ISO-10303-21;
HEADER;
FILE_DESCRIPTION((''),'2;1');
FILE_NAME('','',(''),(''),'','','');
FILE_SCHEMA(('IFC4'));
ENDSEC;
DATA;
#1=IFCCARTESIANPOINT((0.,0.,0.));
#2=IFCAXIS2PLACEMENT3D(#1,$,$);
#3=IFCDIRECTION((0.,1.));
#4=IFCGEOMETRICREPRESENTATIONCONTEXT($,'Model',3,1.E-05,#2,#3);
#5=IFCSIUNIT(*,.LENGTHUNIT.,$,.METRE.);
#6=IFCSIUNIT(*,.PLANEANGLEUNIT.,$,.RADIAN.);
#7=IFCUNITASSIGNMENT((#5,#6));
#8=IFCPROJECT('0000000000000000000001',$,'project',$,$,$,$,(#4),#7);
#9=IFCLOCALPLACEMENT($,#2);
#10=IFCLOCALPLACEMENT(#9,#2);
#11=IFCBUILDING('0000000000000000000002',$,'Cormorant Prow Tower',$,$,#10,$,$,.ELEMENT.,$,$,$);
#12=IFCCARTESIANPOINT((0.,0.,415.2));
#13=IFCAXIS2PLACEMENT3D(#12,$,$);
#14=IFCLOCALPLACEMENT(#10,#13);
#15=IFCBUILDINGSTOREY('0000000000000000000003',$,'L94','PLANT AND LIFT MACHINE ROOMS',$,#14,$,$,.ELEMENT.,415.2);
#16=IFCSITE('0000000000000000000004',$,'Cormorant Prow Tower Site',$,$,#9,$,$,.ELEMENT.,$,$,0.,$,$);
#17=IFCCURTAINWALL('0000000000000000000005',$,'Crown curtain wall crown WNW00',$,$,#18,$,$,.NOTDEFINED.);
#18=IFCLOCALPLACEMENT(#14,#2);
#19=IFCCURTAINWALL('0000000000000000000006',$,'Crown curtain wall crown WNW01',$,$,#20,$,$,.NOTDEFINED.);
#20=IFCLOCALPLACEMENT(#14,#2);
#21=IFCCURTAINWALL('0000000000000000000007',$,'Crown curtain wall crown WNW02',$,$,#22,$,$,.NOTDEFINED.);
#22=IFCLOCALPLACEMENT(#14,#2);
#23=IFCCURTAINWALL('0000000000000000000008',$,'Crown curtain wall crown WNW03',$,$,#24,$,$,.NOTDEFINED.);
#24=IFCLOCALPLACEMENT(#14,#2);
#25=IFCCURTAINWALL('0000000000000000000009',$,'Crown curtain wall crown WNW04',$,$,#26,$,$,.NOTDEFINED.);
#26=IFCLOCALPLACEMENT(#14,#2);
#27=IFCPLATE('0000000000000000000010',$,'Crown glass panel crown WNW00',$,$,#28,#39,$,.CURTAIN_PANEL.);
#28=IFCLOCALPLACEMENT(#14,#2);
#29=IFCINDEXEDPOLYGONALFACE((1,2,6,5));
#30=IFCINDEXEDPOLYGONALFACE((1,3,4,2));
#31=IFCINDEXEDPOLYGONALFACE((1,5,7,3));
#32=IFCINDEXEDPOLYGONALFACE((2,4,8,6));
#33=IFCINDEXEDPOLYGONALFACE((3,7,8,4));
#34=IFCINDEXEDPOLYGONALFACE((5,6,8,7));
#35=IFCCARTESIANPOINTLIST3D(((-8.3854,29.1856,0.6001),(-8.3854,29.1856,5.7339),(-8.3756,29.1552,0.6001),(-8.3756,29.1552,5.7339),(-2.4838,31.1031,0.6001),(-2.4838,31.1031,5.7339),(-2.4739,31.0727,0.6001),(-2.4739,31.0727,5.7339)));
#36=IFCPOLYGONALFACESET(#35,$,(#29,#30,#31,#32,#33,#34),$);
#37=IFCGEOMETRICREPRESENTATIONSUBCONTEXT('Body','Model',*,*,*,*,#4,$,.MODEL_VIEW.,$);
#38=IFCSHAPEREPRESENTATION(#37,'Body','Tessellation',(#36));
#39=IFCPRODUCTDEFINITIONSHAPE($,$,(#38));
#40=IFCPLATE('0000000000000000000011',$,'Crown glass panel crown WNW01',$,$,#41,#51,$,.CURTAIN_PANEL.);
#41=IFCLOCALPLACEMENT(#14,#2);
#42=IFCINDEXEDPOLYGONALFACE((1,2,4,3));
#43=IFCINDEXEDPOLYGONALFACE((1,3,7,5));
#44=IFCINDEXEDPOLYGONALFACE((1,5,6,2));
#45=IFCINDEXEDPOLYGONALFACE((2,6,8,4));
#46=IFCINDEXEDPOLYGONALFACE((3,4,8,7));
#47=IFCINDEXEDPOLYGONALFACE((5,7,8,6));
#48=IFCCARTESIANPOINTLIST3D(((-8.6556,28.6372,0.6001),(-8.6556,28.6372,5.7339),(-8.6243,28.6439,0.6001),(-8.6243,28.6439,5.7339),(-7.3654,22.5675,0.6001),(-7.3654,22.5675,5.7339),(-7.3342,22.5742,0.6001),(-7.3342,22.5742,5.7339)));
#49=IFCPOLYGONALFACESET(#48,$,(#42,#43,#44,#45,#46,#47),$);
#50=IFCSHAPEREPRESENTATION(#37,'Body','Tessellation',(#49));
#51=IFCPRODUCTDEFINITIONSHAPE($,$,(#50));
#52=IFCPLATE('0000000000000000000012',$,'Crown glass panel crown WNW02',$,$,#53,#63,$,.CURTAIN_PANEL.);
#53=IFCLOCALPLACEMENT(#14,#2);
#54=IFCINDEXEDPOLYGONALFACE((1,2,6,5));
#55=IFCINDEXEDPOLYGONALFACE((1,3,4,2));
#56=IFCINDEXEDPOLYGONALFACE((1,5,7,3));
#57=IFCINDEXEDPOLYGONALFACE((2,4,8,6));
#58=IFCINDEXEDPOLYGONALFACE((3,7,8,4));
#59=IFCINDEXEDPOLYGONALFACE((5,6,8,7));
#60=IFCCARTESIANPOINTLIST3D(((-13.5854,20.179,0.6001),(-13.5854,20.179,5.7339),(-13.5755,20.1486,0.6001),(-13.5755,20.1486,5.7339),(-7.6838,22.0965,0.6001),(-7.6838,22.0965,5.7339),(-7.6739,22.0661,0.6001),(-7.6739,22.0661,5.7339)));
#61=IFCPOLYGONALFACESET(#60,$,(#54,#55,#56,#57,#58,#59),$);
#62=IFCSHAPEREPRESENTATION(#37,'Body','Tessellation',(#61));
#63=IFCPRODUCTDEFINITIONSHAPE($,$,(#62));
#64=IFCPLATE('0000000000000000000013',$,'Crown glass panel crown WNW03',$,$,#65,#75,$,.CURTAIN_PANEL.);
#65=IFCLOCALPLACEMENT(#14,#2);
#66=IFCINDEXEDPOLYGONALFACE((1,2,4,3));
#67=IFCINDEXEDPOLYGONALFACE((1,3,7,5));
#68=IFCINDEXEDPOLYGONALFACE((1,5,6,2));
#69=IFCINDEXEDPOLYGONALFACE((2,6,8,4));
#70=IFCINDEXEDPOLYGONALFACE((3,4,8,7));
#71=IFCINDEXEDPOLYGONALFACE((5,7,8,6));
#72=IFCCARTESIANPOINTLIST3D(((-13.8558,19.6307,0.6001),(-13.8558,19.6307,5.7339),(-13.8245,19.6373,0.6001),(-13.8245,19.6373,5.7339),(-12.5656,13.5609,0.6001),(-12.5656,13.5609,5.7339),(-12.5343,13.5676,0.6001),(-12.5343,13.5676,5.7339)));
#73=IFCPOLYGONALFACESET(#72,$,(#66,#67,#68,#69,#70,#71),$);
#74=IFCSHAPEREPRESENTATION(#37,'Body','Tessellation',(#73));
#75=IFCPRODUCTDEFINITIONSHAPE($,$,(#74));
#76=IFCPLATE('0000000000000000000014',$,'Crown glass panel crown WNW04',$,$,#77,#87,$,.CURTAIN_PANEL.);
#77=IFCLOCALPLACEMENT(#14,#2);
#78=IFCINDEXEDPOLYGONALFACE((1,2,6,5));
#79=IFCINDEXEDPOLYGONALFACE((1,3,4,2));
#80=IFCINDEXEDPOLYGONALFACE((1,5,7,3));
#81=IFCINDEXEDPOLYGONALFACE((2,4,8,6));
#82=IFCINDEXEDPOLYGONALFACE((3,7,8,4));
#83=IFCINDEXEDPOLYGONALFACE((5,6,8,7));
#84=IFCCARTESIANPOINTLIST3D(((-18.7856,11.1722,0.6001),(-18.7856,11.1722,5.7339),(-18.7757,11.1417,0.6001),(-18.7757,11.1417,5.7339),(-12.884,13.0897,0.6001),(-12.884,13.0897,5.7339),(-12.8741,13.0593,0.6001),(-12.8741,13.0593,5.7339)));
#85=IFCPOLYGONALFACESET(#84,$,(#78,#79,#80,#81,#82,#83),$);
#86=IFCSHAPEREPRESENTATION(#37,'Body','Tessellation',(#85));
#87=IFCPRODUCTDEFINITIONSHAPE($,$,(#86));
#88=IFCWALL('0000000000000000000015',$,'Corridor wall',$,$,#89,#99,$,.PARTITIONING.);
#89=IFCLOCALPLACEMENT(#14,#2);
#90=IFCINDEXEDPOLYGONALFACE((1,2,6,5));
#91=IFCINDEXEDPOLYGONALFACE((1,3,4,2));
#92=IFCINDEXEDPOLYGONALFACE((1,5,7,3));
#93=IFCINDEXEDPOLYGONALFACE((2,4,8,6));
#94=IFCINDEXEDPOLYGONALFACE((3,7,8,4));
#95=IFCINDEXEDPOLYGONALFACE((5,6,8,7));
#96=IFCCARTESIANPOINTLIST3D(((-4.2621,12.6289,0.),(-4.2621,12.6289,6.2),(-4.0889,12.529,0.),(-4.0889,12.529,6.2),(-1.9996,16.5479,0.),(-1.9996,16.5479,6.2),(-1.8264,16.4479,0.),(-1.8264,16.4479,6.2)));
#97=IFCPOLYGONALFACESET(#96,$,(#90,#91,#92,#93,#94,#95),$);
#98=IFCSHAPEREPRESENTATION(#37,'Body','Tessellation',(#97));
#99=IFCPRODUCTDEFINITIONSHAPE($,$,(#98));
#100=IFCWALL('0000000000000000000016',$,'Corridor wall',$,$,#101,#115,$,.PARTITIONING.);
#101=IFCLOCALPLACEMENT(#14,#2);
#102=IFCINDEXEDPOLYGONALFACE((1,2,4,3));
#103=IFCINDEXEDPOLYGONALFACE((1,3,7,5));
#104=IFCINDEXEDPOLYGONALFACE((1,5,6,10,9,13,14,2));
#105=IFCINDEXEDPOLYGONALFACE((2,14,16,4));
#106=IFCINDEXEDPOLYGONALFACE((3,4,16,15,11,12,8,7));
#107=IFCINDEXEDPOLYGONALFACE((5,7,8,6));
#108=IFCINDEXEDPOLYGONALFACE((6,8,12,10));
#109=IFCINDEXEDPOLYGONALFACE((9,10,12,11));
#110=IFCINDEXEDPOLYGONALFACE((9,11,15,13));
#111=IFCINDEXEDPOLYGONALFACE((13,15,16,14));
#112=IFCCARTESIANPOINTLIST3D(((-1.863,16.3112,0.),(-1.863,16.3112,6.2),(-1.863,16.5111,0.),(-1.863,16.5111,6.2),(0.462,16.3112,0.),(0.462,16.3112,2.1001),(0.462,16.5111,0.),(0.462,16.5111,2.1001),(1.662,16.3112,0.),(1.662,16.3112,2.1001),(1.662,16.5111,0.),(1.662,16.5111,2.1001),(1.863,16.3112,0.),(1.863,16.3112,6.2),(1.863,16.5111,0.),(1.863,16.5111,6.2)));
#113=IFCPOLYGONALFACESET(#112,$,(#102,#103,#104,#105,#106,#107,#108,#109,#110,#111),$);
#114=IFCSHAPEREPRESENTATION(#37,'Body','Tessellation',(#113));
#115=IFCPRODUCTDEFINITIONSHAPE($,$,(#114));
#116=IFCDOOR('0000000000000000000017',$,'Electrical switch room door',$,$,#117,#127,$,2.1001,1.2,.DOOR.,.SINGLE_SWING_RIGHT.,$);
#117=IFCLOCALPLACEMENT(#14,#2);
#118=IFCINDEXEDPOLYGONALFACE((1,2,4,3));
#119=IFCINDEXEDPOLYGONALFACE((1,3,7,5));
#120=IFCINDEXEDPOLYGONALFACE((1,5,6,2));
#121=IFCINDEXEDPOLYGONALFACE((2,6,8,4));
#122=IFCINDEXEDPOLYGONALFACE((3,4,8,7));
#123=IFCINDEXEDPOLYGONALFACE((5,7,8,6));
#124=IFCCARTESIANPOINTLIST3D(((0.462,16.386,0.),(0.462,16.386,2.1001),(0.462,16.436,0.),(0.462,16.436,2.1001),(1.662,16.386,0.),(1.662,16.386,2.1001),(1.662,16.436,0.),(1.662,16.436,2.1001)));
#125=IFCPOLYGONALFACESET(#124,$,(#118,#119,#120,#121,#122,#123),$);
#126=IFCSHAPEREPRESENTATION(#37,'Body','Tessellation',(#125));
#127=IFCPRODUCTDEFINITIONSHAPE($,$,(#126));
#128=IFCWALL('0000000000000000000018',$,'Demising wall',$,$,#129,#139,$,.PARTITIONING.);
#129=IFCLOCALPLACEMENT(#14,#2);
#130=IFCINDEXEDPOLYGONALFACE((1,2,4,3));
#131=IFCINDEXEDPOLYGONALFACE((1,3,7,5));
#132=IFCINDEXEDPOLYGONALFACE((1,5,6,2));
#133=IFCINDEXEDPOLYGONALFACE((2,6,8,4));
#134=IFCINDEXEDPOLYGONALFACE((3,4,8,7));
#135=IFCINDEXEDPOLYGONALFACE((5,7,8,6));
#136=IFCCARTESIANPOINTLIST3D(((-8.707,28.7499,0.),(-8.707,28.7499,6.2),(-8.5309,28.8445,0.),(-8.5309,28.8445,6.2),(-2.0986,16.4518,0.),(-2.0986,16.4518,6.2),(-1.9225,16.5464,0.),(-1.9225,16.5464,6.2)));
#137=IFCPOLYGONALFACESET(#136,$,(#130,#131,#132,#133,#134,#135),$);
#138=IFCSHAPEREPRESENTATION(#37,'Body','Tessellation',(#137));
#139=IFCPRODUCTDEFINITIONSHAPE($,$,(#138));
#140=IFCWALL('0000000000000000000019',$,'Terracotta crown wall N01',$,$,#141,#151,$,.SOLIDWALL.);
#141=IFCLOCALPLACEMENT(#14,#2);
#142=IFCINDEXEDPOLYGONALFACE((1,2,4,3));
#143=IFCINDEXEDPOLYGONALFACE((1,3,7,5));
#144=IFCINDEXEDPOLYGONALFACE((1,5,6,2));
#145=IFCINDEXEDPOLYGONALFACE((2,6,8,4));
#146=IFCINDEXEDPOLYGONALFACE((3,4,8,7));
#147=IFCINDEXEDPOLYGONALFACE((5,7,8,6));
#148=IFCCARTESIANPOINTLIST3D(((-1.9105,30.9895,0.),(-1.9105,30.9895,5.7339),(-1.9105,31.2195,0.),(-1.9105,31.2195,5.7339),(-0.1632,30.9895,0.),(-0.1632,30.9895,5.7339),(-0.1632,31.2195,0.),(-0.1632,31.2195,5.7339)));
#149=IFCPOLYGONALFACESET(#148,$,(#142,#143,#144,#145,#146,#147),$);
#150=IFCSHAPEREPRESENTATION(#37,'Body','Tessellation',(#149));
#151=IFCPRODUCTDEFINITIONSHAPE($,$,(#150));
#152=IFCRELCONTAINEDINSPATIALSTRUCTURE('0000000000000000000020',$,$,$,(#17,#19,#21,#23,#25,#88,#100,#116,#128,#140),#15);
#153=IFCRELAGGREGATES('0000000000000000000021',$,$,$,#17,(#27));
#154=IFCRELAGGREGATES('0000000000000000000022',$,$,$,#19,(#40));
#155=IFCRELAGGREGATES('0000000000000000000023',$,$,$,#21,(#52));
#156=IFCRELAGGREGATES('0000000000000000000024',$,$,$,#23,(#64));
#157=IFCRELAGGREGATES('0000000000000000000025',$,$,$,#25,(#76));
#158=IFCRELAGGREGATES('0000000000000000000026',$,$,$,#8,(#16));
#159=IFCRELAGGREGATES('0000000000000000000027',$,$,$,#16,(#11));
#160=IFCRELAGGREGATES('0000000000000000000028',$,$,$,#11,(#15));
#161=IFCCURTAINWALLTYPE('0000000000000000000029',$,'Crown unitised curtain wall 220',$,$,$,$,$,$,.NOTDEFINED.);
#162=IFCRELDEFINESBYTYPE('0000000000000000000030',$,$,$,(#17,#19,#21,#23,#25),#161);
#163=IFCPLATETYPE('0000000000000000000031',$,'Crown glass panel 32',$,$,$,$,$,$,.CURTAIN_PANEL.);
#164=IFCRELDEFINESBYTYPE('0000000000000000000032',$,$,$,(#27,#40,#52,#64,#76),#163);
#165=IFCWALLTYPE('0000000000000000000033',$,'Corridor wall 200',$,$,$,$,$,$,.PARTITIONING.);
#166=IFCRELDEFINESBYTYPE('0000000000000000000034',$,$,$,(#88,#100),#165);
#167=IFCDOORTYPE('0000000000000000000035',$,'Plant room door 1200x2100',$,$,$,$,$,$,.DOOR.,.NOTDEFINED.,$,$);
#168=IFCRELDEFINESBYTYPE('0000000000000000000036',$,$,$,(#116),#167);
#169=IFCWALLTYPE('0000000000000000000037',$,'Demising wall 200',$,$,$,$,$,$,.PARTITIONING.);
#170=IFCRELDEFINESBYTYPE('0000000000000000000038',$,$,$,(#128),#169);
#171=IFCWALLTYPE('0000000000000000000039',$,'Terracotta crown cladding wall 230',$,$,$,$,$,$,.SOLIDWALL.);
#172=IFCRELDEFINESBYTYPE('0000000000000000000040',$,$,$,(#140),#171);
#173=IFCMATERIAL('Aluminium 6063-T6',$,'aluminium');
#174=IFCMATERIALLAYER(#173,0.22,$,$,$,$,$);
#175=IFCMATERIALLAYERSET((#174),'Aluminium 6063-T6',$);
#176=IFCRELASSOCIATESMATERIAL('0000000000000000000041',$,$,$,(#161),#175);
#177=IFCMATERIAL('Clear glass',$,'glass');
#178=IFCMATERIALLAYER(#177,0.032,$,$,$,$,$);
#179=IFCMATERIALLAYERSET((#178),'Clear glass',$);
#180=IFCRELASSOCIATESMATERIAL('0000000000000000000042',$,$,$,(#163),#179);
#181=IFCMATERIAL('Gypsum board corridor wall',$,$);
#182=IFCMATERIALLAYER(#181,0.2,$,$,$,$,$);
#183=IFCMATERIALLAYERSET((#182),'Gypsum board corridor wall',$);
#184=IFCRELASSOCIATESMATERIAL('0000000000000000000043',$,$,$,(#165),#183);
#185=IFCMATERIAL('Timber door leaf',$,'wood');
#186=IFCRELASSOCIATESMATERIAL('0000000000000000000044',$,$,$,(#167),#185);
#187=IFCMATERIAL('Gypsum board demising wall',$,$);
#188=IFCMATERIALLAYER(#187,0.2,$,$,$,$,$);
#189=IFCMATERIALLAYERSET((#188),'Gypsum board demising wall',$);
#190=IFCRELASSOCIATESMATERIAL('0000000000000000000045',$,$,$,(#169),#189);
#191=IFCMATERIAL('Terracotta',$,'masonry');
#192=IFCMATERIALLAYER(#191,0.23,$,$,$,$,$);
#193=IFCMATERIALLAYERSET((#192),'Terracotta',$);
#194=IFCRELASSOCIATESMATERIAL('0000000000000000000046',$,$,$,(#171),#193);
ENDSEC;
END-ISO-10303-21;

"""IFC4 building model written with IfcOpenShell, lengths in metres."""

from ifc_helpers import new_model, si_unit, direction, frame, frame_2d, origin, origin_2d, place, context, subcontext, project, spatial, rectangle, extrude, material, layer, layer_set, type_object, element, fill, aggregate, save


model = new_model("IFC4")

# Units and contexts
model_context = context("Model", 3, precision=1e-05, world=origin(), true_north=direction((0.0, 1.0)))
body_context = subcontext(model_context, "Body", "Model", "MODEL_VIEW")
ifc_project = project(units=[si_unit("LENGTHUNIT", "METRE"), si_unit("PLANEANGLEUNIT", "RADIAN")], contexts=[model_context])

# Site, building, storey
site_placement = place(None, origin())
site = spatial("IfcSite", under=ifc_project, at=site_placement, Name="Cormorant Prow Tower Site", CompositionType="ELEMENT", RefElevation=0.0)
building_placement = place(site_placement, origin())
building = spatial("IfcBuilding", under=site, at=building_placement, Name="Cormorant Prow Tower", CompositionType="ELEMENT")
storey_placement = place(building_placement, frame((0.0, 0.0, 415.2)))
storey = spatial("IfcBuildingStorey", under=building, at=storey_placement, Name="L94", Description="PLANT AND LIFT MACHINE ROOMS", CompositionType="ELEMENT", Elevation=415.2)

# Curtain walls
ifc_material_1 = material(Name="Aluminium 6063-T6", Category="aluminium")
ifc_layer_1 = layer(ifc_material_1, 0.22)
ifc_layer_set_1 = layer_set([ifc_layer_1], Name="Aluminium 6063-T6")
curtain_wall_type = type_object("IfcCurtainWallType", Name="Crown unitised curtain wall 220", PredefinedType="NOTDEFINED", material=ifc_layer_set_1)
curtain_wall_1_placement = place(storey_placement, origin())
curtain_wall_1 = element("IfcCurtainWall", 1, at=curtain_wall_1_placement, inside=storey, type_object=curtain_wall_type, Name="Crown curtain wall crown WNW00", PredefinedType="NOTDEFINED")
curtain_wall_2_placement = place(storey_placement, origin())
curtain_wall_2 = element("IfcCurtainWall", 2, at=curtain_wall_2_placement, inside=storey, type_object=curtain_wall_type, Name="Crown curtain wall crown WNW01", PredefinedType="NOTDEFINED")
curtain_wall_3_placement = place(storey_placement, origin())
curtain_wall_3 = element("IfcCurtainWall", 3, at=curtain_wall_3_placement, inside=storey, type_object=curtain_wall_type, Name="Crown curtain wall crown WNW02", PredefinedType="NOTDEFINED")
curtain_wall_4_placement = place(storey_placement, origin())
curtain_wall_4 = element("IfcCurtainWall", 4, at=curtain_wall_4_placement, inside=storey, type_object=curtain_wall_type, Name="Crown curtain wall crown WNW03", PredefinedType="NOTDEFINED")
curtain_wall_5_placement = place(storey_placement, origin())
curtain_wall_5 = element("IfcCurtainWall", 5, at=curtain_wall_5_placement, inside=storey, type_object=curtain_wall_type, Name="Crown curtain wall crown WNW04", PredefinedType="NOTDEFINED")

# Plates
ifc_material_2 = material(Name="Clear glass", Category="glass")
ifc_layer_2 = layer(ifc_material_2, 0.032)
ifc_layer_set_2 = layer_set([ifc_layer_2], Name="Clear glass")
plate_type = type_object("IfcPlateType", Name="Crown glass panel 32", PredefinedType="CURTAIN_PANEL", material=ifc_layer_set_2)
plate_1_placement = place(storey_placement, frame((-5.4297, 30.1292, 0.6001), z_axis=(0.0, 0.0, 1.0), x_axis=(-0.951056, -0.309017, 0.0)))
plate_1 = element("IfcPlate", 6, at=plate_1_placement, type_object=plate_type, Name="Crown glass panel crown WNW00", PredefinedType="CURTAIN_PANEL", context=body_context, shape_type="SweptSolid", body=[
    extrude(rectangle(XDim=6.2053, YDim=0.032, at=origin_2d()), origin(), (0.0, 0.0, 1.0), 5.1338),
])
aggregate(curtain_wall_1, [plate_1])
plate_2_placement = place(storey_placement, frame((-7.9949, 25.6057, 0.6001), z_axis=(0.0, 0.0, 1.0), x_axis=(0.207912, -0.978148, 0.0)))
plate_2 = element("IfcPlate", 7, at=plate_2_placement, type_object=plate_type, Name="Crown glass panel crown WNW01", PredefinedType="CURTAIN_PANEL", context=body_context, shape_type="SweptSolid", body=[
    extrude(rectangle(XDim=6.2053, YDim=0.032, at=origin_2d()), origin(), (0.0, 0.0, 1.0), 5.1338),
])
aggregate(curtain_wall_2, [plate_2])
plate_3_placement = place(storey_placement, frame((-10.6296, 21.1226, 0.6001), z_axis=(0.0, 0.0, 1.0), x_axis=(-0.951057, -0.309017, 0.0)))
plate_3 = element("IfcPlate", 8, at=plate_3_placement, type_object=plate_type, Name="Crown glass panel crown WNW02", PredefinedType="CURTAIN_PANEL", context=body_context, shape_type="SweptSolid", body=[
    extrude(rectangle(XDim=6.2053, YDim=0.032, at=origin_2d()), origin(), (0.0, 0.0, 1.0), 5.1338),
])
aggregate(curtain_wall_3, [plate_3])
plate_4_placement = place(storey_placement, frame((-13.1951, 16.5991, 0.6001), z_axis=(0.0, 0.0, 1.0), x_axis=(0.207912, -0.978148, 0.0)))
plate_4 = element("IfcPlate", 9, at=plate_4_placement, type_object=plate_type, Name="Crown glass panel crown WNW03", PredefinedType="CURTAIN_PANEL", context=body_context, shape_type="SweptSolid", body=[
    extrude(rectangle(XDim=6.2053, YDim=0.032, at=origin_2d()), origin(), (0.0, 0.0, 1.0), 5.1338),
])
aggregate(curtain_wall_4, [plate_4])
plate_5_placement = place(storey_placement, frame((-15.8298, 12.1157, 0.6001), z_axis=(0.0, 0.0, 1.0), x_axis=(-0.951056, -0.309017, 0.0)))
plate_5 = element("IfcPlate", 10, at=plate_5_placement, type_object=plate_type, Name="Crown glass panel crown WNW04", PredefinedType="CURTAIN_PANEL", context=body_context, shape_type="SweptSolid", body=[
    extrude(rectangle(XDim=6.2053, YDim=0.032, at=origin_2d()), origin(), (0.0, 0.0, 1.0), 5.1338),
])
aggregate(curtain_wall_5, [plate_5])

# Wall
ifc_material_3 = material(Name="Gypsum board corridor wall")
ifc_layer_3 = layer(ifc_material_3, 0.2)
ifc_layer_set_3 = layer_set([ifc_layer_3], Name="Gypsum board corridor wall")
wall_type_1 = type_object("IfcWallType", Name="Corridor wall 200", PredefinedType="PARTITIONING", material=ifc_layer_set_3)
wall_1_placement = place(storey_placement, frame((-4.1755, 12.5789, 0.0), z_axis=(0.0, 0.0, 1.0), x_axis=(0.499975, 0.86604, 0.0)))
element("IfcWall", 11, at=wall_1_placement, inside=storey, type_object=wall_type_1, Name="Corridor wall", PredefinedType="PARTITIONING", context=body_context, shape_type="SweptSolid", body=[
    extrude(rectangle(XDim=4.5251, YDim=0.2, at=frame_2d((2.2627, 0.0))), origin(), (0.0, 0.0, 1.0), 6.2),
])

# Wall, opening, door
wall_2_placement = place(storey_placement, frame((-1.863, 16.4111, 0.0), z_axis=(0.0, 0.0, 1.0), x_axis=(1.0, 0.0, 0.0)))
wall_2 = element("IfcWall", 12, at=wall_2_placement, inside=storey, type_object=wall_type_1, Name="Corridor wall", PredefinedType="PARTITIONING", context=body_context, shape_type="SweptSolid", body=[
    extrude(rectangle(XDim=3.7261, YDim=0.2, at=frame_2d((1.863, 0.0))), origin(), (0.0, 0.0, 1.0), 6.2),
])
opening_placement = place(wall_2_placement, frame((2.325, 0.0, 0.0)))
opening = element("IfcOpeningElement", 13, at=opening_placement, cuts=wall_2, PredefinedType="OPENING", context=body_context, shape_type="SweptSolid", body=[
    extrude(rectangle(XDim=1.2, YDim=2.1001, at=frame_2d((0.6001, 1.05))), frame((0.0, 0.1099, 0.0), z_axis=(0.0, -1.0, 0.0), x_axis=(1.0, 0.0, 0.0)), (0.0, 0.0, 1.0), 0.22),
])
ifc_material_4 = material(Name="Timber door leaf", Category="wood")
door_type = type_object("IfcDoorType", Name="Plant room door 1200x2100", OperationType="NOTDEFINED", PredefinedType="DOOR", material=ifc_material_4)
door_placement = place(opening_placement, origin())
door = element("IfcDoor", 14, at=door_placement, inside=storey, type_object=door_type, Name="Electrical switch room door", OperationType="SINGLE_SWING_RIGHT", OverallHeight=2.1001, OverallWidth=1.2, PredefinedType="DOOR", context=body_context, shape_type="SweptSolid", body=[
    extrude(rectangle(XDim=1.2, YDim=2.1001, at=frame_2d((0.6001, 1.05))), frame((0.0, 0.0249, 0.0), z_axis=(0.0, -1.0, 0.0), x_axis=(1.0, 0.0, 0.0)), (0.0, 0.0, 1.0), 0.05),
])
fill(opening, door)

# Walls
ifc_material_5 = material(Name="Gypsum board demising wall")
ifc_layer_4 = layer(ifc_material_5, 0.2)
ifc_layer_set_4 = layer_set([ifc_layer_4], Name="Gypsum board demising wall")
wall_type_2 = type_object("IfcWallType", Name="Demising wall 200", PredefinedType="PARTITIONING", material=ifc_layer_set_4)
wall_3_placement = place(storey_placement, frame((-8.6189, 28.7971, 0.0), z_axis=(0.0, 0.0, 1.0), x_axis=(0.473342, -0.880879, 0.0)))
element("IfcWall", 15, at=wall_3_placement, inside=storey, type_object=wall_type_2, Name="Demising wall", PredefinedType="PARTITIONING", context=body_context, shape_type="SweptSolid", body=[
    extrude(rectangle(XDim=13.9612, YDim=0.2, at=frame_2d((6.9805, 0.0))), origin(), (0.0, 0.0, 1.0), 6.2),
])
ifc_material_6 = material(Name="Terracotta", Category="masonry")
ifc_layer_5 = layer(ifc_material_6, 0.23)
ifc_layer_set_5 = layer_set([ifc_layer_5], Name="Terracotta")
wall_type_3 = type_object("IfcWallType", Name="Terracotta crown cladding wall 230", PredefinedType="SOLIDWALL", material=ifc_layer_set_5)
wall_4_placement = place(storey_placement, frame((-0.1633, 31.1045, 0.0), z_axis=(0.0, 0.0, 1.0), x_axis=(-1.0, 0.0, 0.0)))
element("IfcWall", 16, at=wall_4_placement, inside=storey, type_object=wall_type_3, Name="Terracotta crown wall N01", PredefinedType="SOLIDWALL", context=body_context, shape_type="SweptSolid", body=[
    extrude(rectangle(XDim=1.7473, YDim=0.23, at=frame_2d((0.8735, 0.0))), origin(), (0.0, 0.0, 1.0), 5.7339),
])

save(model, "model.ifc")
